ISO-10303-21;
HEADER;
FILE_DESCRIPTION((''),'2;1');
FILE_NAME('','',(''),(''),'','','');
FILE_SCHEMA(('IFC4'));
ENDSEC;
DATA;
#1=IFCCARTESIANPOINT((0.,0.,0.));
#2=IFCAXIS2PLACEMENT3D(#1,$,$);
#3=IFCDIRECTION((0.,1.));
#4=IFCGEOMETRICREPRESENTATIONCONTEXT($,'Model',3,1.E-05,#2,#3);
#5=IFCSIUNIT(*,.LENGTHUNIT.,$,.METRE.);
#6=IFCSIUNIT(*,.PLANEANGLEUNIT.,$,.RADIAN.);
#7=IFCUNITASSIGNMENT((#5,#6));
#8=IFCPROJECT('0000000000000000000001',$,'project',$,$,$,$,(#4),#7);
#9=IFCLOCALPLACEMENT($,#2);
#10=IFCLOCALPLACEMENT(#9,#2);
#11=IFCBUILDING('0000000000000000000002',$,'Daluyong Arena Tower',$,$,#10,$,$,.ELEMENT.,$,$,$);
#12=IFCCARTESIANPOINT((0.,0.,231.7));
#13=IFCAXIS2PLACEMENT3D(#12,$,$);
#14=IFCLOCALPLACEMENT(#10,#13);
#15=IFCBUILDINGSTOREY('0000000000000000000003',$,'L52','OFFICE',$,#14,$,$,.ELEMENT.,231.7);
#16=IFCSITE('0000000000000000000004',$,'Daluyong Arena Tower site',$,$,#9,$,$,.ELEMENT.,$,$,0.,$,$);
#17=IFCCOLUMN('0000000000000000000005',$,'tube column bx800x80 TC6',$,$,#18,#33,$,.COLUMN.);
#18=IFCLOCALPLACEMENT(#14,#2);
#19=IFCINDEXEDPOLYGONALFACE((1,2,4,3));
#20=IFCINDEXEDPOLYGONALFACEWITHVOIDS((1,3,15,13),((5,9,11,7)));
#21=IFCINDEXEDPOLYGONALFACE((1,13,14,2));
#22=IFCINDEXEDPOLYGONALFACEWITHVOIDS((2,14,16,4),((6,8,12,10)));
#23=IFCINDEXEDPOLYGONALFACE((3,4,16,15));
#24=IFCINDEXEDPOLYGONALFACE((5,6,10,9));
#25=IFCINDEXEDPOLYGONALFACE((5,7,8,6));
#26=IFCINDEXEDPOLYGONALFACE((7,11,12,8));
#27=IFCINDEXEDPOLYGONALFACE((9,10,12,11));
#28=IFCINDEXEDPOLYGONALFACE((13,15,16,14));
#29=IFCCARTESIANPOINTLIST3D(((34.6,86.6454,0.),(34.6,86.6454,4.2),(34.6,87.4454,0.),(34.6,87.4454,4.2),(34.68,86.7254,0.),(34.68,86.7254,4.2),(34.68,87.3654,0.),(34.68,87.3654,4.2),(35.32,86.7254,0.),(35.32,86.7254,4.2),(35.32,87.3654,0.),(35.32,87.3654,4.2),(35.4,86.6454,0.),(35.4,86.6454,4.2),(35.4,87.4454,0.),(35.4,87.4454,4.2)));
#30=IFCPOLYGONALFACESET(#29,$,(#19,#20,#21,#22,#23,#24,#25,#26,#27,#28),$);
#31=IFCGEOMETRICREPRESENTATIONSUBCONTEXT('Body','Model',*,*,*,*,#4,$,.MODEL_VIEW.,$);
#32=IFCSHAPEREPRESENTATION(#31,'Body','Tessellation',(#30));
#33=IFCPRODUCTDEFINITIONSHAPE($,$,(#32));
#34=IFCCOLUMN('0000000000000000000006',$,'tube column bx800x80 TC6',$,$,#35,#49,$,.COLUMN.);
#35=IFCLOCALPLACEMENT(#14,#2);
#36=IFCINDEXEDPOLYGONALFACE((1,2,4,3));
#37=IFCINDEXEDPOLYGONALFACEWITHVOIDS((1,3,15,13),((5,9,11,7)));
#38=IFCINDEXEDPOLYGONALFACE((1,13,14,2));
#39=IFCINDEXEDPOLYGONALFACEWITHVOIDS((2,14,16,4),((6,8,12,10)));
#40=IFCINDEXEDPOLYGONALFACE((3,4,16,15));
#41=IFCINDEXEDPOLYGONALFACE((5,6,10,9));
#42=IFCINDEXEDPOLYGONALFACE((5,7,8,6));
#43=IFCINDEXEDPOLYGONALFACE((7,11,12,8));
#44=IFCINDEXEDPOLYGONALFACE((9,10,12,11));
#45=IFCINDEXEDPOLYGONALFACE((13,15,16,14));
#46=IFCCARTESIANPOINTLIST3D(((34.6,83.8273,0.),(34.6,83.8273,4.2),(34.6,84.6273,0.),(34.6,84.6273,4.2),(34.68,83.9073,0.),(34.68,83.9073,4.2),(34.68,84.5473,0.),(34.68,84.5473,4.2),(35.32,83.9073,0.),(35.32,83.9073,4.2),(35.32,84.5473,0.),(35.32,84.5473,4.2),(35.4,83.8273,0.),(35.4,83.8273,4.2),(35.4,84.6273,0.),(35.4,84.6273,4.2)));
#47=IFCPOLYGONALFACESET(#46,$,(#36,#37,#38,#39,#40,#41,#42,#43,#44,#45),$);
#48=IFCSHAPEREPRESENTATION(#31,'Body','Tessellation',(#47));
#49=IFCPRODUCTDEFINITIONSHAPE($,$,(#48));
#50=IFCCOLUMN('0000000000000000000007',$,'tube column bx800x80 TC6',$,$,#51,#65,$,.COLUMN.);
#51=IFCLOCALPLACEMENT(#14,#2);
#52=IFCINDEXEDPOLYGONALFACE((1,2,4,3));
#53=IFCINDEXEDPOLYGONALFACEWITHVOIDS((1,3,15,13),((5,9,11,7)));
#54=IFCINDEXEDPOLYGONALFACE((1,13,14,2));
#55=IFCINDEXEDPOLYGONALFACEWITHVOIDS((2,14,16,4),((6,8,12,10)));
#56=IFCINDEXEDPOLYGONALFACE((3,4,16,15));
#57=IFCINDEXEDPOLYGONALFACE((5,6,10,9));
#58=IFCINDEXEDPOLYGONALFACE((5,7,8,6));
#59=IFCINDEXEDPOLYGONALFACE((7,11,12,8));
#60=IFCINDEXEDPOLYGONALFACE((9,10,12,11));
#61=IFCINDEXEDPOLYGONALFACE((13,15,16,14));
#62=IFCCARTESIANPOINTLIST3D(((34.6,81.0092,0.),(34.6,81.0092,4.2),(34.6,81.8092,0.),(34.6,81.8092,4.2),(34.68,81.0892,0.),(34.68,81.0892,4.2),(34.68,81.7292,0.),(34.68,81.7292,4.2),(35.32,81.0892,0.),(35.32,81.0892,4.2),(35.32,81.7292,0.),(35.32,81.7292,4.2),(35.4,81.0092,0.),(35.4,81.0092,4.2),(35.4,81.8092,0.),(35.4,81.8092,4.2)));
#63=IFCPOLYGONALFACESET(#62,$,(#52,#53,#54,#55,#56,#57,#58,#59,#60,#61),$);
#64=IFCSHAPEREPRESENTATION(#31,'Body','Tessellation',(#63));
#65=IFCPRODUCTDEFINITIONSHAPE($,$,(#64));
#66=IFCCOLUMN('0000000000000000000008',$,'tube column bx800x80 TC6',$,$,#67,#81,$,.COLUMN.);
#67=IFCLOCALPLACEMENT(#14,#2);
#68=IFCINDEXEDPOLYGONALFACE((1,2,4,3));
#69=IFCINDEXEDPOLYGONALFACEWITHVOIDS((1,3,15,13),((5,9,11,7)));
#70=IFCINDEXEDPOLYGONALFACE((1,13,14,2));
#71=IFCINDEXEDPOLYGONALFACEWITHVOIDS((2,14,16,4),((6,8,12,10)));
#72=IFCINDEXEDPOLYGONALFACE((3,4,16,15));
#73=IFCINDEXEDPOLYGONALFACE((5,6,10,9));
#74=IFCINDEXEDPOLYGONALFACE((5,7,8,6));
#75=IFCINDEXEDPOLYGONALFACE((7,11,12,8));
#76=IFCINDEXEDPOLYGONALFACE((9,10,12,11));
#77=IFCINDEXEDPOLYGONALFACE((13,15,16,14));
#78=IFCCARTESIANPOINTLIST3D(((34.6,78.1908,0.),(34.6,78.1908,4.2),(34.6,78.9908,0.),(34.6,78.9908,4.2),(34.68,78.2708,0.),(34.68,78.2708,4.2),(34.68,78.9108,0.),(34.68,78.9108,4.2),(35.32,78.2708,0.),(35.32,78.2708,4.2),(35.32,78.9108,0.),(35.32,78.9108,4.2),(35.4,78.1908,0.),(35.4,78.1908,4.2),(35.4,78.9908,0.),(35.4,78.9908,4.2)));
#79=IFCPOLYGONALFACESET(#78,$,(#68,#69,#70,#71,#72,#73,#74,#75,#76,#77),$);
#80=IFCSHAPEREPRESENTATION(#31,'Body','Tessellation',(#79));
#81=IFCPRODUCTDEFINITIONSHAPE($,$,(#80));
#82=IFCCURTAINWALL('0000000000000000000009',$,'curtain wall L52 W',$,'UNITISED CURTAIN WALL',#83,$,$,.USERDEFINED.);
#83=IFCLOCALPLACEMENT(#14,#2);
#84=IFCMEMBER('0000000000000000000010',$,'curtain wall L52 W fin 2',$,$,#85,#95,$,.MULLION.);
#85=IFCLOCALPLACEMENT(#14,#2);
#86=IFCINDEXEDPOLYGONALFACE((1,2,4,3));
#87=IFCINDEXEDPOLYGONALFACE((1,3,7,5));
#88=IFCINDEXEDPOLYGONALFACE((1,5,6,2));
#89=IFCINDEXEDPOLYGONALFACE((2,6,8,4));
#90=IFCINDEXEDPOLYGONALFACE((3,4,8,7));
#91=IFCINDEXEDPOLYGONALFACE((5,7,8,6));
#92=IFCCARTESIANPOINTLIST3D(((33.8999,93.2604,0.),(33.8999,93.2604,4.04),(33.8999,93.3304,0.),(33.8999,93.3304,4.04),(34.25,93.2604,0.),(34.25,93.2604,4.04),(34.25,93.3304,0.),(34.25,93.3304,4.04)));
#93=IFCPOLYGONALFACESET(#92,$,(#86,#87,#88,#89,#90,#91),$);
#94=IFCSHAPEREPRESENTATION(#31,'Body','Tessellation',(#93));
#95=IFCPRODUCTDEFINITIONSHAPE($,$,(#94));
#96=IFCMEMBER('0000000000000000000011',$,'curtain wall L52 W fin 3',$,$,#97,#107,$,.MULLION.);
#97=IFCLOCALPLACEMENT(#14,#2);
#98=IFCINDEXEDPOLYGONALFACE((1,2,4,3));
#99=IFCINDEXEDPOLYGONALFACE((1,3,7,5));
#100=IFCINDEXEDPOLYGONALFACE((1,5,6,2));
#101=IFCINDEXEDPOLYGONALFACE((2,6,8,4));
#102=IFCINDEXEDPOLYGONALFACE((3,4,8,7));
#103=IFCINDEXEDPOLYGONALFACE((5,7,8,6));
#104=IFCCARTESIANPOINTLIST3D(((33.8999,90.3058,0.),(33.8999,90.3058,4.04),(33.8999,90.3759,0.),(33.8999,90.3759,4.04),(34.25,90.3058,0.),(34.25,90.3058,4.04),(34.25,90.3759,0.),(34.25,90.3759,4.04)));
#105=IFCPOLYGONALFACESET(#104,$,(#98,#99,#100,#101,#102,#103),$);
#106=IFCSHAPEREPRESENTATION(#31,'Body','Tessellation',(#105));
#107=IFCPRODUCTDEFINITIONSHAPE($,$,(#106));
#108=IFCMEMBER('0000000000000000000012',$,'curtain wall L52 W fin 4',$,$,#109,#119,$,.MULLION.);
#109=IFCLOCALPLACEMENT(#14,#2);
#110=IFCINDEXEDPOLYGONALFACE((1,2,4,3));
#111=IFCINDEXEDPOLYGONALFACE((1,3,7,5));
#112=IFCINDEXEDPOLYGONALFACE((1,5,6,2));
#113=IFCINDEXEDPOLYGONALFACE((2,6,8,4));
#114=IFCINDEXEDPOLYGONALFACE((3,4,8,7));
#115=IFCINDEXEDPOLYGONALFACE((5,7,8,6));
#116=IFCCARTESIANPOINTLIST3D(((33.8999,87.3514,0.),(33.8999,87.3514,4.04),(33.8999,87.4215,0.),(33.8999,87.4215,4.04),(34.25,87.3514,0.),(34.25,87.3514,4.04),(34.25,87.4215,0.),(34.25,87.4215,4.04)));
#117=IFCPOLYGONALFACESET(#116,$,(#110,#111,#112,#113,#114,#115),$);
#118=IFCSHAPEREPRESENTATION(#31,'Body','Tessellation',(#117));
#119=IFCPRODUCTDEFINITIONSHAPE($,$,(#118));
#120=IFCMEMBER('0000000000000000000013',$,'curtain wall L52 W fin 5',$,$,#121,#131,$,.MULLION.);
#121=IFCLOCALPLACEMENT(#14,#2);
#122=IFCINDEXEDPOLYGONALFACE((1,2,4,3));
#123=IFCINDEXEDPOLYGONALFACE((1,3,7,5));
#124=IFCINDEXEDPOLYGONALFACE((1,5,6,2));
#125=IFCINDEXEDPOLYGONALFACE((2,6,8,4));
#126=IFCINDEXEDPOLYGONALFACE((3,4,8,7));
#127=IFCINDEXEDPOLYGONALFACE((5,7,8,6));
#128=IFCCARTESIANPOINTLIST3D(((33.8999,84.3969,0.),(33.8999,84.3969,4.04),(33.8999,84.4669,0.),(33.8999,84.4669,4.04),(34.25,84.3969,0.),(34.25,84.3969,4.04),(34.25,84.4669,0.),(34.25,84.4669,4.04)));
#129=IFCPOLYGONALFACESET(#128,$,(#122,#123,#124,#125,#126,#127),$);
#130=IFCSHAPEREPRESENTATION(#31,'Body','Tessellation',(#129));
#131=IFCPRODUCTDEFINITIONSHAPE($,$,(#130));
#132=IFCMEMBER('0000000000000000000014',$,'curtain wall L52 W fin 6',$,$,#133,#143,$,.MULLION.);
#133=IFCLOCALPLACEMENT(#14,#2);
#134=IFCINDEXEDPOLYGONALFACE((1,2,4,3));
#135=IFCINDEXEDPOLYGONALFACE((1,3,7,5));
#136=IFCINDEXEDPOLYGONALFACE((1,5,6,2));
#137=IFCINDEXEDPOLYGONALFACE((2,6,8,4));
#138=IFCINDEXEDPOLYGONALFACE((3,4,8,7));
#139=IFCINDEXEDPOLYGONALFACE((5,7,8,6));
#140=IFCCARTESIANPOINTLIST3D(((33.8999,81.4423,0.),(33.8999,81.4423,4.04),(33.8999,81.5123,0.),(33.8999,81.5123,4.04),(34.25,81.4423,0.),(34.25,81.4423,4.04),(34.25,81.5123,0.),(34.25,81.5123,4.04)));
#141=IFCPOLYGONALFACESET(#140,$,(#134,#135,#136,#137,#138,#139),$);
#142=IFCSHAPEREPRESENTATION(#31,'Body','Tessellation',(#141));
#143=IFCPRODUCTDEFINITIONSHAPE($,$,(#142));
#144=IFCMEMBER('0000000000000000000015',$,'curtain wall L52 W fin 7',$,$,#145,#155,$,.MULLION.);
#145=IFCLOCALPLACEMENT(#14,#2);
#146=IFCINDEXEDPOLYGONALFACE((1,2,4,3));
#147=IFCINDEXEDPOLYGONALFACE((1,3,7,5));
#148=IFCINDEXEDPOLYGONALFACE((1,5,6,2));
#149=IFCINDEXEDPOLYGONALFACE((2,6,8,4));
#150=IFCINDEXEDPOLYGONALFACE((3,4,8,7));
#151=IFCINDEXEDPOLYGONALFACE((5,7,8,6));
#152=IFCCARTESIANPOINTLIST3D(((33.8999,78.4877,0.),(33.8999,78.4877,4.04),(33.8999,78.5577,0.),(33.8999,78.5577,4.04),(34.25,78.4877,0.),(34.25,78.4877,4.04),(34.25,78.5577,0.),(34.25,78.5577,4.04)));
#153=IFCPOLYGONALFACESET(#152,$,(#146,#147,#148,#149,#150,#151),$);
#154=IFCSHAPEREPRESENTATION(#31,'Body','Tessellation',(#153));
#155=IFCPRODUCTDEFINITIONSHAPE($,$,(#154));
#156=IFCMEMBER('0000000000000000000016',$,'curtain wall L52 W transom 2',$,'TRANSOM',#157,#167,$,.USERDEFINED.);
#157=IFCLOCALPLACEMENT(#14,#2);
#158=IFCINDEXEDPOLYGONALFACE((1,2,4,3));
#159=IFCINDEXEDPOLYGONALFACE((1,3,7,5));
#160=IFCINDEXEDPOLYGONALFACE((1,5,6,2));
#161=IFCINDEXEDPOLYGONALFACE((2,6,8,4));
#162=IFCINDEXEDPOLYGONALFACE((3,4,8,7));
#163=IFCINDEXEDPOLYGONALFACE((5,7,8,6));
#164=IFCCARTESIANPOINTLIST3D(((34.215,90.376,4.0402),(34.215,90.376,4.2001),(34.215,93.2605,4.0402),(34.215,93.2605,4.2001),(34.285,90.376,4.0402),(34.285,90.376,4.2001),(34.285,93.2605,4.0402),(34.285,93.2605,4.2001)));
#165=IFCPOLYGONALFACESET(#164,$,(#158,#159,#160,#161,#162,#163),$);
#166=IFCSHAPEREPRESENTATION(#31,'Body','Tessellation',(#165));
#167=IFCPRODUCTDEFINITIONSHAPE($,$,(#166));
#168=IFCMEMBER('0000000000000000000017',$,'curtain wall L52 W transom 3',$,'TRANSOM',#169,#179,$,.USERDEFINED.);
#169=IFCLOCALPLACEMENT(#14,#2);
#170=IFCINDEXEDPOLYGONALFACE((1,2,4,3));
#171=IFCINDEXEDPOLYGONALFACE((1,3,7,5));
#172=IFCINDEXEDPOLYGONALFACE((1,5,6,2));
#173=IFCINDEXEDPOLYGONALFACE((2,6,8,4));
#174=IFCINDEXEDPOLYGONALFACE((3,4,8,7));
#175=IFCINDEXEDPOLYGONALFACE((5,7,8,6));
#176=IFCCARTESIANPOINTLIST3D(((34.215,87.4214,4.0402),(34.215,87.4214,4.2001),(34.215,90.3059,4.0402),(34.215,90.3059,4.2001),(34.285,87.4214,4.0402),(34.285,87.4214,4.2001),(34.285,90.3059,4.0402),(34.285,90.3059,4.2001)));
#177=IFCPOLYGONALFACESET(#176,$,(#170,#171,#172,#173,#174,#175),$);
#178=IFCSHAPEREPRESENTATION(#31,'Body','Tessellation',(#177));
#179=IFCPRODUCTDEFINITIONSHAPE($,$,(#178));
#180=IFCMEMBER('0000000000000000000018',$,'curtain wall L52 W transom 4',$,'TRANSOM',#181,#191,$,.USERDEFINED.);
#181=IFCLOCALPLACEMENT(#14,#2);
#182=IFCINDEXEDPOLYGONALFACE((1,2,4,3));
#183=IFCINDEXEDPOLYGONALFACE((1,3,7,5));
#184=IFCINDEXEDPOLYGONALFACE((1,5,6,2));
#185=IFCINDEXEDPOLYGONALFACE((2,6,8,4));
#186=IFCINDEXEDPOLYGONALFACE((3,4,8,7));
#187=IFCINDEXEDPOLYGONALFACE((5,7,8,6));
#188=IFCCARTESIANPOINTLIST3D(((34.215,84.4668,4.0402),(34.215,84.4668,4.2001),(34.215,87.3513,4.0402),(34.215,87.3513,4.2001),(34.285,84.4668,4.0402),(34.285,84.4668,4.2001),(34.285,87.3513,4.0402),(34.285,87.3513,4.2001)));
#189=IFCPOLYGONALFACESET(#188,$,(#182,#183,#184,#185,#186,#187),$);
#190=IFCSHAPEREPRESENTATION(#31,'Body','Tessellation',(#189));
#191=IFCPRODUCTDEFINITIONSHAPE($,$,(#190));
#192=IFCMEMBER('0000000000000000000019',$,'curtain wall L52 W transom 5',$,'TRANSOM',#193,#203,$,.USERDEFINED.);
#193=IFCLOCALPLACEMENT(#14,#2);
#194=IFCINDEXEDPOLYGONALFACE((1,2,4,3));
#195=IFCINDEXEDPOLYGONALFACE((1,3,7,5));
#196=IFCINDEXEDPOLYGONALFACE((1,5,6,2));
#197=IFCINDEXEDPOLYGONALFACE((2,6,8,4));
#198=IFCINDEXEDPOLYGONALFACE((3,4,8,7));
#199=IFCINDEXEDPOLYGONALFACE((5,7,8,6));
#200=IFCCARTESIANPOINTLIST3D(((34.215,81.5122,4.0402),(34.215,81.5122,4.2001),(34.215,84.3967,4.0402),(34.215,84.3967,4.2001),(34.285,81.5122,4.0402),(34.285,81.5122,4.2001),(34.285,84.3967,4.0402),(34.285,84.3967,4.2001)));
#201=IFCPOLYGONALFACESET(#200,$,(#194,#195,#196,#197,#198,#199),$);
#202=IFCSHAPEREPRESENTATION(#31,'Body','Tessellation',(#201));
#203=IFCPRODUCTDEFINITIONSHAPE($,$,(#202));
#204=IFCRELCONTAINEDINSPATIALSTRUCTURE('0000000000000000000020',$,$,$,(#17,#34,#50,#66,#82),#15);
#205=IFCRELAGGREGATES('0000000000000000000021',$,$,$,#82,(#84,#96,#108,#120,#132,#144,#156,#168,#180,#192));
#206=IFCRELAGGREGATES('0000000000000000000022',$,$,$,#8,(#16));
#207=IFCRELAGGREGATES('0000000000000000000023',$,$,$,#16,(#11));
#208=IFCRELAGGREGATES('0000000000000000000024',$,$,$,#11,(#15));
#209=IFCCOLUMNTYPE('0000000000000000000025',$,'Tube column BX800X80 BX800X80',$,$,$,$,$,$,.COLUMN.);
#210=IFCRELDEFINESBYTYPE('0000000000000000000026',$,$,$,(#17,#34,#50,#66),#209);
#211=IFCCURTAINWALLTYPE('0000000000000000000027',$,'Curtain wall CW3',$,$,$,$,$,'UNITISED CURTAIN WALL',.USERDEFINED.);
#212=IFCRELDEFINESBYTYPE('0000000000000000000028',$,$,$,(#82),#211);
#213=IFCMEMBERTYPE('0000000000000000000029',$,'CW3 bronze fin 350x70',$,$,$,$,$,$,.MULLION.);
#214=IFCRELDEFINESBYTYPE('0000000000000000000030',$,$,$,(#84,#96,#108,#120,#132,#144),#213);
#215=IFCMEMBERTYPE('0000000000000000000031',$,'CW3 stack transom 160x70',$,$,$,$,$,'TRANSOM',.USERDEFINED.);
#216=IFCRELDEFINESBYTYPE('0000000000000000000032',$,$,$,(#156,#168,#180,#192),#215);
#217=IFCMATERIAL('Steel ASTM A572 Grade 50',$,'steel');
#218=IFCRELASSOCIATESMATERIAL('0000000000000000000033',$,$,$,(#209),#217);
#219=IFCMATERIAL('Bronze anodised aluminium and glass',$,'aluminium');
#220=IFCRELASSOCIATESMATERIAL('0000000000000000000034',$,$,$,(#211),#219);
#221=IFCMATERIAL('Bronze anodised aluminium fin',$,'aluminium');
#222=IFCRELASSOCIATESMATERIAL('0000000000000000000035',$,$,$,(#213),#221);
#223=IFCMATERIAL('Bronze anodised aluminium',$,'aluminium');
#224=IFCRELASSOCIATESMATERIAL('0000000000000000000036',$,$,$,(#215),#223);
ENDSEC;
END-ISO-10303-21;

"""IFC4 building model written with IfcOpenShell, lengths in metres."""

from ifc_helpers import new_model, si_unit, direction, frame, origin, origin_2d, place, context, subcontext, project, spatial, rectangle, hollow_rectangle, extrude, material, material_profile, profile_set, type_object, element, aggregate, save


model = new_model("IFC4")

# Units and contexts
model_context = context("Model", 3, precision=1e-05, world=origin(), true_north=direction((0.0, 1.0)))
body_context = subcontext(model_context, "Body", "Model", "MODEL_VIEW")
ifc_project = project(units=[si_unit("LENGTHUNIT", "METRE"), si_unit("PLANEANGLEUNIT", "RADIAN")], contexts=[model_context])

# Site, building, storey
site_placement = place(None, origin())
site = spatial("IfcSite", under=ifc_project, at=site_placement, Name="Daluyong Arena Tower site", CompositionType="ELEMENT", RefElevation=0.0)
building_placement = place(site_placement, origin())
building = spatial("IfcBuilding", under=site, at=building_placement, Name="Daluyong Arena Tower", CompositionType="ELEMENT")
storey_placement = place(building_placement, frame((0.0, 0.0, 231.7)))
storey = spatial("IfcBuildingStorey", under=building, at=storey_placement, Name="L52", Description="OFFICE", CompositionType="ELEMENT", Elevation=231.7)

# Columns
ifc_material_1 = material(Name="Steel ASTM A572 Grade 50", Category="steel")
ifc_material_profile_1 = material_profile(ifc_material_1, hollow_rectangle(XDim=0.8, YDim=0.8, WallThickness=0.08, at=origin_2d()))
ifc_profile_set_1 = profile_set([ifc_material_profile_1], Name="Steel ASTM A572 Grade 50")
column_type = type_object("IfcColumnType", Name="Tube column BX800X80 BX800X80", PredefinedType="COLUMN", material=ifc_profile_set_1)
for number, where, z_axis, x_axis, name in (
    (1, (35.0, 87.0454, 0.0), (0.0, 0.0, 1.0), (0.0, 1.0, 0.0), "tube column bx800x80 TC6"),
    (2, (35.0, 84.2273, 0.0), (0.0, 0.0, 1.0), (0.0, 1.0, 0.0), "tube column bx800x80 TC6"),
    (3, (35.0, 81.4092, 0.0), (0.0, 0.0, 1.0), (0.0, 1.0, 0.0), "tube column bx800x80 TC6"),
    (4, (35.0, 78.5908, 0.0), (0.0, 0.0, 1.0), (0.0, 1.0, 0.0), "tube column bx800x80 TC6"),
):
    element("IfcColumn", number, at=place(storey_placement, frame(where, z_axis=z_axis, x_axis=x_axis)), inside=storey, type_object=column_type, Name=name, PredefinedType="COLUMN", context=body_context, shape_type="SweptSolid", body=[
        extrude(hollow_rectangle(XDim=0.8, YDim=0.8, WallThickness=0.08, at=origin_2d()), origin(), (0.0, 0.0, 1.0), 4.2),
    ])

# Curtain wall, members
ifc_material_2 = material(Name="Bronze anodised aluminium and glass", Category="aluminium")
curtain_wall_type = type_object("IfcCurtainWallType", Name="Curtain wall CW3", ElementType="UNITISED CURTAIN WALL", PredefinedType="USERDEFINED", material=ifc_material_2)
curtain_wall_placement = place(storey_placement, origin())
curtain_wall = element("IfcCurtainWall", 5, at=curtain_wall_placement, inside=storey, type_object=curtain_wall_type, Name="curtain wall L52 W", ObjectType="UNITISED CURTAIN WALL", PredefinedType="USERDEFINED")
ifc_material_3 = material(Name="Bronze anodised aluminium fin", Category="aluminium")
ifc_material_profile_2 = material_profile(ifc_material_3, rectangle(XDim=0.3501, YDim=0.0701, at=origin_2d()))
ifc_profile_set_2 = profile_set([ifc_material_profile_2], Name="Bronze anodised aluminium fin")
member_type_1 = type_object("IfcMemberType", Name="CW3 bronze fin 350x70", PredefinedType="MULLION", material=ifc_profile_set_2)
member_1_placement = place(storey_placement, frame((34.075, 93.2954, 0.0), z_axis=(0.0, 0.0, 1.0), x_axis=(1.0, 0.0, 0.0)))
member_1 = element("IfcMember", 6, at=member_1_placement, type_object=member_type_1, Name="curtain wall L52 W fin 2", PredefinedType="MULLION", context=body_context, shape_type="SweptSolid", body=[
    extrude(rectangle(XDim=0.3501, YDim=0.0701, at=origin_2d()), origin(), (0.0, 0.0, 1.0), 4.04),
])
member_2_placement = place(storey_placement, frame((34.075, 90.3408, 0.0), z_axis=(0.0, 0.0, 1.0), x_axis=(1.0, 0.0, 0.0)))
member_2 = element("IfcMember", 7, at=member_2_placement, type_object=member_type_1, Name="curtain wall L52 W fin 3", PredefinedType="MULLION", context=body_context, shape_type="SweptSolid", body=[
    extrude(rectangle(XDim=0.3501, YDim=0.0701, at=origin_2d()), origin(), (0.0, 0.0, 1.0), 4.04),
])
member_3_placement = place(storey_placement, frame((34.075, 87.3865, 0.0), z_axis=(0.0, 0.0, 1.0), x_axis=(1.0, 0.0, 0.0)))
member_3 = element("IfcMember", 8, at=member_3_placement, type_object=member_type_1, Name="curtain wall L52 W fin 4", PredefinedType="MULLION", context=body_context, shape_type="SweptSolid", body=[
    extrude(rectangle(XDim=0.3501, YDim=0.0701, at=origin_2d()), origin(), (0.0, 0.0, 1.0), 4.04),
])
member_4_placement = place(storey_placement, frame((34.075, 84.4319, 0.0), z_axis=(0.0, 0.0, 1.0), x_axis=(1.0, 0.0, 0.0)))
member_4 = element("IfcMember", 9, at=member_4_placement, type_object=member_type_1, Name="curtain wall L52 W fin 5", PredefinedType="MULLION", context=body_context, shape_type="SweptSolid", body=[
    extrude(rectangle(XDim=0.3501, YDim=0.0701, at=origin_2d()), origin(), (0.0, 0.0, 1.0), 4.04),
])
member_5_placement = place(storey_placement, frame((34.075, 81.4773, 0.0), z_axis=(0.0, 0.0, 1.0), x_axis=(1.0, 0.0, 0.0)))
member_5 = element("IfcMember", 10, at=member_5_placement, type_object=member_type_1, Name="curtain wall L52 W fin 6", PredefinedType="MULLION", context=body_context, shape_type="SweptSolid", body=[
    extrude(rectangle(XDim=0.3501, YDim=0.0701, at=origin_2d()), origin(), (0.0, 0.0, 1.0), 4.04),
])
member_6_placement = place(storey_placement, frame((34.075, 78.5227, 0.0), z_axis=(0.0, 0.0, 1.0), x_axis=(1.0, 0.0, 0.0)))
member_6 = element("IfcMember", 11, at=member_6_placement, type_object=member_type_1, Name="curtain wall L52 W fin 7", PredefinedType="MULLION", context=body_context, shape_type="SweptSolid", body=[
    extrude(rectangle(XDim=0.3501, YDim=0.0701, at=origin_2d()), origin(), (0.0, 0.0, 1.0), 4.04),
])
ifc_material_4 = material(Name="Bronze anodised aluminium", Category="aluminium")
ifc_material_profile_3 = material_profile(ifc_material_4, rectangle(XDim=0.0701, YDim=0.1599, at=origin_2d()))
ifc_profile_set_3 = profile_set([ifc_material_profile_3], Name="Bronze anodised aluminium")
member_type_2 = type_object("IfcMemberType", Name="CW3 stack transom 160x70", ElementType="TRANSOM", PredefinedType="USERDEFINED", material=ifc_profile_set_3)
member_7_placement = place(storey_placement, frame((34.25, 93.2605, 4.1201), z_axis=(0.0, -1.0, 0.0), x_axis=(1.0, 0.0, 0.0)))
member_7 = element("IfcMember", 12, at=member_7_placement, type_object=member_type_2, Name="curtain wall L52 W transom 2", ObjectType="TRANSOM", PredefinedType="USERDEFINED", context=body_context, shape_type="SweptSolid", body=[
    extrude(rectangle(XDim=0.0701, YDim=0.1599, at=origin_2d()), origin(), (0.0, 0.0, 1.0), 2.8845),
])
member_8_placement = place(storey_placement, frame((34.25, 90.3059, 4.1201), z_axis=(0.0, -1.0, 0.0), x_axis=(1.0, 0.0, 0.0)))
member_8 = element("IfcMember", 13, at=member_8_placement, type_object=member_type_2, Name="curtain wall L52 W transom 3", ObjectType="TRANSOM", PredefinedType="USERDEFINED", context=body_context, shape_type="SweptSolid", body=[
    extrude(rectangle(XDim=0.0701, YDim=0.1599, at=origin_2d()), origin(), (0.0, 0.0, 1.0), 2.8845),
])
member_9_placement = place(storey_placement, frame((34.25, 87.3513, 4.1201), z_axis=(0.0, -1.0, 0.0), x_axis=(1.0, 0.0, 0.0)))
member_9 = element("IfcMember", 14, at=member_9_placement, type_object=member_type_2, Name="curtain wall L52 W transom 4", ObjectType="TRANSOM", PredefinedType="USERDEFINED", context=body_context, shape_type="SweptSolid", body=[
    extrude(rectangle(XDim=0.0701, YDim=0.1599, at=origin_2d()), origin(), (0.0, 0.0, 1.0), 2.8845),
])
member_10_placement = place(storey_placement, frame((34.25, 84.3967, 4.1201), z_axis=(0.0, -1.0, 0.0), x_axis=(1.0, 0.0, 0.0)))
member_10 = element("IfcMember", 15, at=member_10_placement, type_object=member_type_2, Name="curtain wall L52 W transom 5", ObjectType="TRANSOM", PredefinedType="USERDEFINED", context=body_context, shape_type="SweptSolid", body=[
    extrude(rectangle(XDim=0.0701, YDim=0.1599, at=origin_2d()), origin(), (0.0, 0.0, 1.0), 2.8845),
])

aggregate(curtain_wall, [member_1, member_2, member_3, member_4, member_5, member_6, member_7, member_8, member_9, member_10])

save(model, "model.ifc")
